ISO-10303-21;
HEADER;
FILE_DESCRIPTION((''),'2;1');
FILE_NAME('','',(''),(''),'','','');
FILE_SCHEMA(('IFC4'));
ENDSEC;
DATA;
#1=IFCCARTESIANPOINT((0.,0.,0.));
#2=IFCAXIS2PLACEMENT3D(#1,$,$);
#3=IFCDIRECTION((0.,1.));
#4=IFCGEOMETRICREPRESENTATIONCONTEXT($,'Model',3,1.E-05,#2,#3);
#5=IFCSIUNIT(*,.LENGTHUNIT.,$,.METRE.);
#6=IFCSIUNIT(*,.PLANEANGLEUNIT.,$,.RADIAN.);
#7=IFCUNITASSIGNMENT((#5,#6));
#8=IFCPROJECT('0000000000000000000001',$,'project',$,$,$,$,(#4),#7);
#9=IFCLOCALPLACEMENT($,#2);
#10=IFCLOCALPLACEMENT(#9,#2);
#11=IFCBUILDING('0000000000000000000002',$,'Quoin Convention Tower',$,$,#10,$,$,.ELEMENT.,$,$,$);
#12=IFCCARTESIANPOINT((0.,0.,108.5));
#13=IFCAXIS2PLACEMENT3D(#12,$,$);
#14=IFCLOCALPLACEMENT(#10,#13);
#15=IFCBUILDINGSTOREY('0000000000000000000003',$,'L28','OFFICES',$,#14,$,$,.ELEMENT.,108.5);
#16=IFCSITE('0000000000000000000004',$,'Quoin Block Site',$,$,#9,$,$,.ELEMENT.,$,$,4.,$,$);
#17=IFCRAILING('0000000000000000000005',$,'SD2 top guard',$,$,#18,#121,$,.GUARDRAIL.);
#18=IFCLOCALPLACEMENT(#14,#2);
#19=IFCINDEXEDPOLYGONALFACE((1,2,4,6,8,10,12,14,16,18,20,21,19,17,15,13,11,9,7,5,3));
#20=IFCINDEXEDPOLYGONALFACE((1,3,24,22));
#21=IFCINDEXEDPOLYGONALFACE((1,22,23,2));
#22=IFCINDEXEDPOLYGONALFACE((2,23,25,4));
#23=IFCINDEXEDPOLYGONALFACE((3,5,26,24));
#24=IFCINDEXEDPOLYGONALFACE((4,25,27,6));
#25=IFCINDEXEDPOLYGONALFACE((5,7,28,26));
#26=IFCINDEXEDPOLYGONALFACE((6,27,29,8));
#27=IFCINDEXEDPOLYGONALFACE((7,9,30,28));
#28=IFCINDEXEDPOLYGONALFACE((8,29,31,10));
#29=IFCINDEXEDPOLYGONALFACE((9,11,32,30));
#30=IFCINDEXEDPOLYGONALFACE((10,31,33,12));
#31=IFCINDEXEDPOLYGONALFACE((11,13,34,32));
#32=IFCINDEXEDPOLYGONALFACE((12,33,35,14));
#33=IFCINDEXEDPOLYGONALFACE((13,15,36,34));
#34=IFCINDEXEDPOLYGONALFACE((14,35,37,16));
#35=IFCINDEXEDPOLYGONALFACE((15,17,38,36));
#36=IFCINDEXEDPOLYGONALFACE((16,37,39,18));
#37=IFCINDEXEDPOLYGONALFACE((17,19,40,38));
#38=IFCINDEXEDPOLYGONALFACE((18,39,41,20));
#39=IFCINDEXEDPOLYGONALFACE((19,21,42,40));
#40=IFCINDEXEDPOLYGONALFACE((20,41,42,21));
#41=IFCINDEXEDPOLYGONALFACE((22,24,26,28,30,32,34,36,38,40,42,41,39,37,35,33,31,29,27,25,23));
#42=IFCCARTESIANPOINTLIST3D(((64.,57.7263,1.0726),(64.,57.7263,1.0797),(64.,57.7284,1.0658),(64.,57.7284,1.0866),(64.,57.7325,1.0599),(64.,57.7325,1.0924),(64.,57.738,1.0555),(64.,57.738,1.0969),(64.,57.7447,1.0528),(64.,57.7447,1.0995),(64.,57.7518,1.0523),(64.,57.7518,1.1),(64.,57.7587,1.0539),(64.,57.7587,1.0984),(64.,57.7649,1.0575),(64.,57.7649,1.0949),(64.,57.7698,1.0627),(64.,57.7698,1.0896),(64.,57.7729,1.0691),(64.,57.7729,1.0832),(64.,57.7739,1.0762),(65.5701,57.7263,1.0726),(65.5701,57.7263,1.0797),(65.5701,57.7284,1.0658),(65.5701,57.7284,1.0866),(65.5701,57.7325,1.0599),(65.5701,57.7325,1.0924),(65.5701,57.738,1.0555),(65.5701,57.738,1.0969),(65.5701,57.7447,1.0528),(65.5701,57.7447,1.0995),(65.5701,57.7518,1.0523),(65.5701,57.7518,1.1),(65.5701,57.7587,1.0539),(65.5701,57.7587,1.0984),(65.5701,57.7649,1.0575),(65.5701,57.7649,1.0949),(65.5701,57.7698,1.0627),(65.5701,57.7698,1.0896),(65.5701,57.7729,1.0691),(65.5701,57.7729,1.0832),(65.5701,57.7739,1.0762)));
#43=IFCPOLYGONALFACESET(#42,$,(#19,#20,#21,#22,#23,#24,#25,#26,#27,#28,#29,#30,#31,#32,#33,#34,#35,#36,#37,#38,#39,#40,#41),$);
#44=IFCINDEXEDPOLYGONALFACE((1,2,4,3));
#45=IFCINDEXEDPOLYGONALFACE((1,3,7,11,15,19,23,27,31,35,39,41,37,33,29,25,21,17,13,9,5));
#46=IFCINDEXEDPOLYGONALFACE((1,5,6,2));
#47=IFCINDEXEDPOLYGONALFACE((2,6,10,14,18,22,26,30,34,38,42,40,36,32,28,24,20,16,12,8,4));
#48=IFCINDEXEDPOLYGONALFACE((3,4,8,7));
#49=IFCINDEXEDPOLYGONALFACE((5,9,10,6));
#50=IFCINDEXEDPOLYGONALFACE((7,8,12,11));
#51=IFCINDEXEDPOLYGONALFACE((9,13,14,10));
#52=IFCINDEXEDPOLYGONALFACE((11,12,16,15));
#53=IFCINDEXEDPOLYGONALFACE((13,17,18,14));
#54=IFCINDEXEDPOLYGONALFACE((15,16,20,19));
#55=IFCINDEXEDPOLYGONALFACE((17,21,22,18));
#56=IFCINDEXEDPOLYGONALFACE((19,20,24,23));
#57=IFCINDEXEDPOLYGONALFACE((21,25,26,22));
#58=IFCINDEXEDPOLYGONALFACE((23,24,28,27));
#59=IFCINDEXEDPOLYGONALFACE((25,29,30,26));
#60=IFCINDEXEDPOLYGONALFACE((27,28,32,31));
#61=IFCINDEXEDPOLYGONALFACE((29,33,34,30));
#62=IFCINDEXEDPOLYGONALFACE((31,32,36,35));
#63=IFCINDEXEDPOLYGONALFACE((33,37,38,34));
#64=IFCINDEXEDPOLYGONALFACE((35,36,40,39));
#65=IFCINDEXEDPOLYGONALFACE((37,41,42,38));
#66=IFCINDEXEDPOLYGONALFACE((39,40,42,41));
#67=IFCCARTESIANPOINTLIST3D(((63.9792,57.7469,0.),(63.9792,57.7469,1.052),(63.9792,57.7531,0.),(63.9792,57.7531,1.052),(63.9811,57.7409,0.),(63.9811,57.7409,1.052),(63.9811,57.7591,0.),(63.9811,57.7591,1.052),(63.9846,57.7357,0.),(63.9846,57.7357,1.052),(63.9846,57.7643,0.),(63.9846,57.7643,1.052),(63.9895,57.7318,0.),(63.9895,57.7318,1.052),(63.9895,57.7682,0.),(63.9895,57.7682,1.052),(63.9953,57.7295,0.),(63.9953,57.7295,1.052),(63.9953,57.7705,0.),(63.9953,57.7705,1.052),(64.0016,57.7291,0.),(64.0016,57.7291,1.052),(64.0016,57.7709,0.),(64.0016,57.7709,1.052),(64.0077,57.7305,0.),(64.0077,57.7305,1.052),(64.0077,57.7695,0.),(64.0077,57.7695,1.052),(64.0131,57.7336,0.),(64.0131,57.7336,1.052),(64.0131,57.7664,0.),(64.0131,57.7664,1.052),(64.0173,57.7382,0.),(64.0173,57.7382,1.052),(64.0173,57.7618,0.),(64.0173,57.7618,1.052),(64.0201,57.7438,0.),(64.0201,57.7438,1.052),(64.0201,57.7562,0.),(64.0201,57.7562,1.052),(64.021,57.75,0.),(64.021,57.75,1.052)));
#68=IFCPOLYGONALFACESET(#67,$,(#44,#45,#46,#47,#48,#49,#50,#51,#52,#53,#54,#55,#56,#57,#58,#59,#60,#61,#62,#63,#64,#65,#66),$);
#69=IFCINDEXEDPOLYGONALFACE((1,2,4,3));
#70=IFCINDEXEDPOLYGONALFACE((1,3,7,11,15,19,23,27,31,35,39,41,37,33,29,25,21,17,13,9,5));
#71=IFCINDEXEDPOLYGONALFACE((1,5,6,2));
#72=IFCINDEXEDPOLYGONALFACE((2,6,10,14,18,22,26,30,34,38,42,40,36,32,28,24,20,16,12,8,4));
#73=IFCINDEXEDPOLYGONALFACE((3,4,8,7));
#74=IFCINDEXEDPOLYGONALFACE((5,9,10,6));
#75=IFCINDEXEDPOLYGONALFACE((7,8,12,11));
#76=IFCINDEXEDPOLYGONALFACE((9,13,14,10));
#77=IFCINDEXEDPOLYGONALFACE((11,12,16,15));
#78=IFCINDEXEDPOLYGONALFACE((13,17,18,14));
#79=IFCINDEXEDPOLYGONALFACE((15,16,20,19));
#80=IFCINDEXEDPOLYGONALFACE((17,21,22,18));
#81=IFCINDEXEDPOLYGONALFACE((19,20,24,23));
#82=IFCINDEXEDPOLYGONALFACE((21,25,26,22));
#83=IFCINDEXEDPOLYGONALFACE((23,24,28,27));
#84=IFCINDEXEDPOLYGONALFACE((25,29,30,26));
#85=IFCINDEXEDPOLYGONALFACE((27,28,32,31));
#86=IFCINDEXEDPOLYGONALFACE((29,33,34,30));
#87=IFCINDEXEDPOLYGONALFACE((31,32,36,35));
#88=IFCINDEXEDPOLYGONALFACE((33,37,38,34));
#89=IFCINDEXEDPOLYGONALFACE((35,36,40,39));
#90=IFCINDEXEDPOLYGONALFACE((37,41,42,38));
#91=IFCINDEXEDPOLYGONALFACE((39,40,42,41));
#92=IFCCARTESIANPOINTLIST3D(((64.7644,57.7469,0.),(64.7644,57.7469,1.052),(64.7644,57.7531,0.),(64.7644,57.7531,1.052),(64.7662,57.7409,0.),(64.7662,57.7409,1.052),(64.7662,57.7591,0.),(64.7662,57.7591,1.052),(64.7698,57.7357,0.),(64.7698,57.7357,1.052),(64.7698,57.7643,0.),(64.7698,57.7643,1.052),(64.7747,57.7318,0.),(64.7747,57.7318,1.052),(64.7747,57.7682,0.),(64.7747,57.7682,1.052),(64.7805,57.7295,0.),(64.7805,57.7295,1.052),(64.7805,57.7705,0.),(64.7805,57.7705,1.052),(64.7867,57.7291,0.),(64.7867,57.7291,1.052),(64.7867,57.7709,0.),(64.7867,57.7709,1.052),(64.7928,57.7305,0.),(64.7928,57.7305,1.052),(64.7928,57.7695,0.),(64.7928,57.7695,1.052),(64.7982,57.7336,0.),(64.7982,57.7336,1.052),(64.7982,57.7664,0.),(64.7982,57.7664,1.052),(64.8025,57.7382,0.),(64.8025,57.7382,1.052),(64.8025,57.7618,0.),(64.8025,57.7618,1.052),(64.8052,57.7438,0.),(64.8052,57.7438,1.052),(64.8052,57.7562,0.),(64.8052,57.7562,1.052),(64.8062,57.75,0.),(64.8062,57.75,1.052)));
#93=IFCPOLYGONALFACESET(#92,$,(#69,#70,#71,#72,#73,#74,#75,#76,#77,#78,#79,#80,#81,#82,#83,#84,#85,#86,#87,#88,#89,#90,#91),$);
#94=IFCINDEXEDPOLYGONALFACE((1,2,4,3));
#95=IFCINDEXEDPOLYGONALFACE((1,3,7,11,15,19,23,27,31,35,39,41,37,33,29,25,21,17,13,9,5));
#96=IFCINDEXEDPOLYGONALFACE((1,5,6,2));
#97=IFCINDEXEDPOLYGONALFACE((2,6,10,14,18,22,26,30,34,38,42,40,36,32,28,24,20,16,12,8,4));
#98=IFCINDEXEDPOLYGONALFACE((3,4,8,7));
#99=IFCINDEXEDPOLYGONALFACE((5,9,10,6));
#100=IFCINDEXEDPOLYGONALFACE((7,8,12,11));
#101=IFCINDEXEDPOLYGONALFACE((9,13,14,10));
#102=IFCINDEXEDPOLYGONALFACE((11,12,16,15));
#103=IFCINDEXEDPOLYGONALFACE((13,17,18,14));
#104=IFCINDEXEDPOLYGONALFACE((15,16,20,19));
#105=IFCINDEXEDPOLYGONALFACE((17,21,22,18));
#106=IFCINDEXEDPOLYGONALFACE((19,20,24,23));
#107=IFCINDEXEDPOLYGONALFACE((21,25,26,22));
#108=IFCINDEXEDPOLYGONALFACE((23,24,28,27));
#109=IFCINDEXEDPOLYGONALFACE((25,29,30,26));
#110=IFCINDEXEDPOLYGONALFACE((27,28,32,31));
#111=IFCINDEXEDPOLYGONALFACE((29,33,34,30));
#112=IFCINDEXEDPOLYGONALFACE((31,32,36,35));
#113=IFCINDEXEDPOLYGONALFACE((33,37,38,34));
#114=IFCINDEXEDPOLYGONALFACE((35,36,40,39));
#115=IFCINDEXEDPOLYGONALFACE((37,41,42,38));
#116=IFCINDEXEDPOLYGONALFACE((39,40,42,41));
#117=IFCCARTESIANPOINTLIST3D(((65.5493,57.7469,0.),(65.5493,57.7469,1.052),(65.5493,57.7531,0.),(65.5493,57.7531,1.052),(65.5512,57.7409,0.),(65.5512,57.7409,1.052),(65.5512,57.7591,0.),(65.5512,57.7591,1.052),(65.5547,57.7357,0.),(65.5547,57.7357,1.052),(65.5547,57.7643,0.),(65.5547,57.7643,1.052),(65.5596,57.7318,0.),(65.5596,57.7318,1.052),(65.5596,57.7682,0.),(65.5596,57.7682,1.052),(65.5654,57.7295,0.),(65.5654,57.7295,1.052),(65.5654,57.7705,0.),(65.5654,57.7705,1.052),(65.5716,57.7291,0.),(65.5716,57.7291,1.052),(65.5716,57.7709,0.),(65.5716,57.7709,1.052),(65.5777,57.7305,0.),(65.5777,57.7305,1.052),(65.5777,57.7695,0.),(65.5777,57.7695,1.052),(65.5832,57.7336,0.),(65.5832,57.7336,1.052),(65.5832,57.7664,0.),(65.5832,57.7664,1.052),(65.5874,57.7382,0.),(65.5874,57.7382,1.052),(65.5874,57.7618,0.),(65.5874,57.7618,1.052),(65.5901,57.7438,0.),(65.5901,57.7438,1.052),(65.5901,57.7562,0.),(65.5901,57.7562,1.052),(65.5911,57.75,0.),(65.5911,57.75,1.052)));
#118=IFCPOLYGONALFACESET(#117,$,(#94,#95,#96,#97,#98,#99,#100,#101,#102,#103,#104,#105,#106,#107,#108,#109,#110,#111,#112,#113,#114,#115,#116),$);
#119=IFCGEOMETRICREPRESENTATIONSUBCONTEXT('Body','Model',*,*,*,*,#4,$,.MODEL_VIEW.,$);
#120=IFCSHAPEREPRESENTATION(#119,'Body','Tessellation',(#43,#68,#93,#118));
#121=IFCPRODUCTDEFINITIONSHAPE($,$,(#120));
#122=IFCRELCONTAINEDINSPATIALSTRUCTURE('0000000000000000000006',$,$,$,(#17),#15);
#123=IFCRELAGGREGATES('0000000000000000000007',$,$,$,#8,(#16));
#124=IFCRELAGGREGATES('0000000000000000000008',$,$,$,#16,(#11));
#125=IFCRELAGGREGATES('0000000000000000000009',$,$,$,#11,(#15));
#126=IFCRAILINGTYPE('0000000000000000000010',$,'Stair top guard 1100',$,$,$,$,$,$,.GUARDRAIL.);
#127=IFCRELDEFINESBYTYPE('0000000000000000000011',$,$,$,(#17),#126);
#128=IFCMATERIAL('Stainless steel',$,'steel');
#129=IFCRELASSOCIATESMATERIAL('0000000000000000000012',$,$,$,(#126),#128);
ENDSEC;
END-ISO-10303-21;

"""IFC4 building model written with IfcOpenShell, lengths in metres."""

from ifc_helpers import new_model, si_unit, direction, frame, origin, origin_2d, place, context, subcontext, project, spatial, circle, extrude, material, type_object, element, save


model = new_model("IFC4")

# Units and contexts
model_context = context("Model", 3, precision=1e-05, world=origin(), true_north=direction((0.0, 1.0)))
body_context = subcontext(model_context, "Body", "Model", "MODEL_VIEW")
ifc_project = project(units=[si_unit("LENGTHUNIT", "METRE"), si_unit("PLANEANGLEUNIT", "RADIAN")], contexts=[model_context])

# Site, building, storey
site_placement = place(None, origin())
site = spatial("IfcSite", under=ifc_project, at=site_placement, Name="Quoin Block Site", CompositionType="ELEMENT", RefElevation=4.0)
building_placement = place(site_placement, origin())
building = spatial("IfcBuilding", under=site, at=building_placement, Name="Quoin Convention Tower", CompositionType="ELEMENT")
storey_placement = place(building_placement, frame((0.0, 0.0, 108.5)))
storey = spatial("IfcBuildingStorey", under=building, at=storey_placement, Name="L28", Description="OFFICES", CompositionType="ELEMENT", Elevation=108.5)

# Railing
ifc_material_1 = material(Name="Stainless steel", Category="steel")
railing_type_1 = type_object("IfcRailingType", Name="Stair top guard 1100", PredefinedType="GUARDRAIL", material=ifc_material_1)
railing_1_placement = place(storey_placement, frame((64.0, 57.75, 0.0)))
element("IfcRailing", 1, at=railing_1_placement, inside=storey, type_object=railing_type_1, Name="SD2 top guard", PredefinedType="GUARDRAIL", context=body_context, shape_type="SweptSolid", body=[
    extrude(circle(Radius=0.0239, at=origin_2d()), frame((0.0, 0.0, 1.0762), z_axis=(1.0, 0.0, 0.0), x_axis=(0.0, 1.0, 0.0)), (0.0, 0.0, 1.0), 1.5701),
    extrude(circle(Radius=0.021, at=origin_2d()), origin(), (0.0, 0.0, 1.0), 1.052),
    extrude(circle(Radius=0.021, at=origin_2d()), frame((0.7852, 0.0, 0.0)), (0.0, 0.0, 1.0), 1.052),
    extrude(circle(Radius=0.021, at=origin_2d()), frame((1.5701, 0.0, 0.0)), (0.0, 0.0, 1.0), 1.052),
])

save(model, "model.ifc")
